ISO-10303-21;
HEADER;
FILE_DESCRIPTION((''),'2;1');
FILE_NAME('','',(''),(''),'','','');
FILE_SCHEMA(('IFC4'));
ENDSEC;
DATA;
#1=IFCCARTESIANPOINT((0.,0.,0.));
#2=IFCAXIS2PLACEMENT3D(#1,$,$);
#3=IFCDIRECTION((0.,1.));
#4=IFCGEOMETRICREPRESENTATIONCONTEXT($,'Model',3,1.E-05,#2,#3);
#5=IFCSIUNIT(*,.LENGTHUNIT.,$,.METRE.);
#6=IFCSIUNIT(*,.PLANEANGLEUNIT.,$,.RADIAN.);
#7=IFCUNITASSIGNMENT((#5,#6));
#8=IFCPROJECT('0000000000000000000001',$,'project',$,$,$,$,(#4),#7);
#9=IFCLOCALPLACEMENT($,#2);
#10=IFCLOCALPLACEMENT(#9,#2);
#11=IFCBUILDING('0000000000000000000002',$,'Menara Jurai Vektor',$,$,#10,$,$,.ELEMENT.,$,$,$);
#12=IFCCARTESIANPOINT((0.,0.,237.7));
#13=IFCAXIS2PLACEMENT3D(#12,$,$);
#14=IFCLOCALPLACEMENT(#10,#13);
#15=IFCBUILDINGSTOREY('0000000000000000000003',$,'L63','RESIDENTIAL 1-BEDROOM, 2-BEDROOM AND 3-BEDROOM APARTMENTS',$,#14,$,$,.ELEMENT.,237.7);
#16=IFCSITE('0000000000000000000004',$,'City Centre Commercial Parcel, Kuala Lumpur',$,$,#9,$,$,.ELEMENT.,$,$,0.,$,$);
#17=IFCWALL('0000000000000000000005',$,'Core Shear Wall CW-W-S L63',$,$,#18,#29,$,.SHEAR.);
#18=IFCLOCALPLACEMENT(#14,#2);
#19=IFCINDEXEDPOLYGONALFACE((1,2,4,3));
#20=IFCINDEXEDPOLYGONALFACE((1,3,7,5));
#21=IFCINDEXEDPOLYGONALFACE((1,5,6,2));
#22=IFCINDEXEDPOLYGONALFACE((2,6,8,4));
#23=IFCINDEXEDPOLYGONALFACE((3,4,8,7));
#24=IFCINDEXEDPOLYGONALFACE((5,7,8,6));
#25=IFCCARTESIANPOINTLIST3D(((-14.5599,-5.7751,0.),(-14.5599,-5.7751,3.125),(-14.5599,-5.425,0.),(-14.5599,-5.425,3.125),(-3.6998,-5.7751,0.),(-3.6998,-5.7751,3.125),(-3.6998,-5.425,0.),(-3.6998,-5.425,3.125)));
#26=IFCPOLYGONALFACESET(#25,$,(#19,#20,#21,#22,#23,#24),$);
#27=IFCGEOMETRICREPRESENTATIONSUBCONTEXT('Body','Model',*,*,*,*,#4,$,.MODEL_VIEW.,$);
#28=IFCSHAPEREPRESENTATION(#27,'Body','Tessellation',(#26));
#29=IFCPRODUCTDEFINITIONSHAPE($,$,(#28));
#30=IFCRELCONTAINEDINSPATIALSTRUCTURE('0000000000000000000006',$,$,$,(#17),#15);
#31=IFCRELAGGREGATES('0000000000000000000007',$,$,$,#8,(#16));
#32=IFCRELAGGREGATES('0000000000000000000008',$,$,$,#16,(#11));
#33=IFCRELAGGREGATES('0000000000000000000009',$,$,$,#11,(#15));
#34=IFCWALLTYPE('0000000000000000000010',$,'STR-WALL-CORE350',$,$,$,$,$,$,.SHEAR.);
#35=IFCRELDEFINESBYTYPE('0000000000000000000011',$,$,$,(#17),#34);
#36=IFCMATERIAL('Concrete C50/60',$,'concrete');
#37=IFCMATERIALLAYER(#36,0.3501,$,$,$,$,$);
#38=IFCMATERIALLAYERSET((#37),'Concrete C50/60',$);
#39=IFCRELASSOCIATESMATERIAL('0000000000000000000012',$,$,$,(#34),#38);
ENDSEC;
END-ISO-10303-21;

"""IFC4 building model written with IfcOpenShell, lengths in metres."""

from ifc_helpers import new_model, si_unit, direction, frame, frame_2d, origin, place, context, subcontext, project, spatial, rectangle, extrude, material, layer, layer_set, type_object, element, save


model = new_model("IFC4")

# Units and contexts
model_context = context("Model", 3, precision=1e-05, world=origin(), true_north=direction((0.0, 1.0)))
body_context = subcontext(model_context, "Body", "Model", "MODEL_VIEW")
ifc_project = project(units=[si_unit("LENGTHUNIT", "METRE"), si_unit("PLANEANGLEUNIT", "RADIAN")], contexts=[model_context])

# Site, building, storey
site_placement = place(None, origin())
site = spatial("IfcSite", under=ifc_project, at=site_placement, Name="City Centre Commercial Parcel, Kuala Lumpur", CompositionType="ELEMENT", RefElevation=0.0)
building_placement = place(site_placement, origin())
building = spatial("IfcBuilding", under=site, at=building_placement, Name="Menara Jurai Vektor", CompositionType="ELEMENT")
storey_placement = place(building_placement, frame((0.0, 0.0, 237.7)))
storey = spatial("IfcBuildingStorey", under=building, at=storey_placement, Name="L63", Description="RESIDENTIAL 1-BEDROOM, 2-BEDROOM AND 3-BEDROOM APARTMENTS", CompositionType="ELEMENT", Elevation=237.7)

# Shared definitions
ifc_material_1 = material(Name="Concrete C50/60", Category="concrete")

# Wall
ifc_layer_1 = layer(ifc_material_1, 0.3501)
ifc_layer_set_1 = layer_set([ifc_layer_1], Name="Concrete C50/60")
wall_type_1 = type_object("IfcWallType", Name="STR-WALL-CORE350", PredefinedType="SHEAR", material=ifc_layer_set_1)
wall_1_placement = place(storey_placement, frame((-14.5601, -5.6001, 0.0), z_axis=(0.0, 0.0, 1.0), x_axis=(1.0, 0.0, 0.0)))
element("IfcWall", 1, at=wall_1_placement, inside=storey, type_object=wall_type_1, Name="Core Shear Wall CW-W-S L63", PredefinedType="SHEAR", context=body_context, shape_type="SweptSolid", body=[
    extrude(rectangle(XDim=10.8601, YDim=0.3501, at=frame_2d((5.4302, 0.0))), origin(), (0.0, 0.0, 1.0), 3.125),
])

save(model, "model.ifc")
